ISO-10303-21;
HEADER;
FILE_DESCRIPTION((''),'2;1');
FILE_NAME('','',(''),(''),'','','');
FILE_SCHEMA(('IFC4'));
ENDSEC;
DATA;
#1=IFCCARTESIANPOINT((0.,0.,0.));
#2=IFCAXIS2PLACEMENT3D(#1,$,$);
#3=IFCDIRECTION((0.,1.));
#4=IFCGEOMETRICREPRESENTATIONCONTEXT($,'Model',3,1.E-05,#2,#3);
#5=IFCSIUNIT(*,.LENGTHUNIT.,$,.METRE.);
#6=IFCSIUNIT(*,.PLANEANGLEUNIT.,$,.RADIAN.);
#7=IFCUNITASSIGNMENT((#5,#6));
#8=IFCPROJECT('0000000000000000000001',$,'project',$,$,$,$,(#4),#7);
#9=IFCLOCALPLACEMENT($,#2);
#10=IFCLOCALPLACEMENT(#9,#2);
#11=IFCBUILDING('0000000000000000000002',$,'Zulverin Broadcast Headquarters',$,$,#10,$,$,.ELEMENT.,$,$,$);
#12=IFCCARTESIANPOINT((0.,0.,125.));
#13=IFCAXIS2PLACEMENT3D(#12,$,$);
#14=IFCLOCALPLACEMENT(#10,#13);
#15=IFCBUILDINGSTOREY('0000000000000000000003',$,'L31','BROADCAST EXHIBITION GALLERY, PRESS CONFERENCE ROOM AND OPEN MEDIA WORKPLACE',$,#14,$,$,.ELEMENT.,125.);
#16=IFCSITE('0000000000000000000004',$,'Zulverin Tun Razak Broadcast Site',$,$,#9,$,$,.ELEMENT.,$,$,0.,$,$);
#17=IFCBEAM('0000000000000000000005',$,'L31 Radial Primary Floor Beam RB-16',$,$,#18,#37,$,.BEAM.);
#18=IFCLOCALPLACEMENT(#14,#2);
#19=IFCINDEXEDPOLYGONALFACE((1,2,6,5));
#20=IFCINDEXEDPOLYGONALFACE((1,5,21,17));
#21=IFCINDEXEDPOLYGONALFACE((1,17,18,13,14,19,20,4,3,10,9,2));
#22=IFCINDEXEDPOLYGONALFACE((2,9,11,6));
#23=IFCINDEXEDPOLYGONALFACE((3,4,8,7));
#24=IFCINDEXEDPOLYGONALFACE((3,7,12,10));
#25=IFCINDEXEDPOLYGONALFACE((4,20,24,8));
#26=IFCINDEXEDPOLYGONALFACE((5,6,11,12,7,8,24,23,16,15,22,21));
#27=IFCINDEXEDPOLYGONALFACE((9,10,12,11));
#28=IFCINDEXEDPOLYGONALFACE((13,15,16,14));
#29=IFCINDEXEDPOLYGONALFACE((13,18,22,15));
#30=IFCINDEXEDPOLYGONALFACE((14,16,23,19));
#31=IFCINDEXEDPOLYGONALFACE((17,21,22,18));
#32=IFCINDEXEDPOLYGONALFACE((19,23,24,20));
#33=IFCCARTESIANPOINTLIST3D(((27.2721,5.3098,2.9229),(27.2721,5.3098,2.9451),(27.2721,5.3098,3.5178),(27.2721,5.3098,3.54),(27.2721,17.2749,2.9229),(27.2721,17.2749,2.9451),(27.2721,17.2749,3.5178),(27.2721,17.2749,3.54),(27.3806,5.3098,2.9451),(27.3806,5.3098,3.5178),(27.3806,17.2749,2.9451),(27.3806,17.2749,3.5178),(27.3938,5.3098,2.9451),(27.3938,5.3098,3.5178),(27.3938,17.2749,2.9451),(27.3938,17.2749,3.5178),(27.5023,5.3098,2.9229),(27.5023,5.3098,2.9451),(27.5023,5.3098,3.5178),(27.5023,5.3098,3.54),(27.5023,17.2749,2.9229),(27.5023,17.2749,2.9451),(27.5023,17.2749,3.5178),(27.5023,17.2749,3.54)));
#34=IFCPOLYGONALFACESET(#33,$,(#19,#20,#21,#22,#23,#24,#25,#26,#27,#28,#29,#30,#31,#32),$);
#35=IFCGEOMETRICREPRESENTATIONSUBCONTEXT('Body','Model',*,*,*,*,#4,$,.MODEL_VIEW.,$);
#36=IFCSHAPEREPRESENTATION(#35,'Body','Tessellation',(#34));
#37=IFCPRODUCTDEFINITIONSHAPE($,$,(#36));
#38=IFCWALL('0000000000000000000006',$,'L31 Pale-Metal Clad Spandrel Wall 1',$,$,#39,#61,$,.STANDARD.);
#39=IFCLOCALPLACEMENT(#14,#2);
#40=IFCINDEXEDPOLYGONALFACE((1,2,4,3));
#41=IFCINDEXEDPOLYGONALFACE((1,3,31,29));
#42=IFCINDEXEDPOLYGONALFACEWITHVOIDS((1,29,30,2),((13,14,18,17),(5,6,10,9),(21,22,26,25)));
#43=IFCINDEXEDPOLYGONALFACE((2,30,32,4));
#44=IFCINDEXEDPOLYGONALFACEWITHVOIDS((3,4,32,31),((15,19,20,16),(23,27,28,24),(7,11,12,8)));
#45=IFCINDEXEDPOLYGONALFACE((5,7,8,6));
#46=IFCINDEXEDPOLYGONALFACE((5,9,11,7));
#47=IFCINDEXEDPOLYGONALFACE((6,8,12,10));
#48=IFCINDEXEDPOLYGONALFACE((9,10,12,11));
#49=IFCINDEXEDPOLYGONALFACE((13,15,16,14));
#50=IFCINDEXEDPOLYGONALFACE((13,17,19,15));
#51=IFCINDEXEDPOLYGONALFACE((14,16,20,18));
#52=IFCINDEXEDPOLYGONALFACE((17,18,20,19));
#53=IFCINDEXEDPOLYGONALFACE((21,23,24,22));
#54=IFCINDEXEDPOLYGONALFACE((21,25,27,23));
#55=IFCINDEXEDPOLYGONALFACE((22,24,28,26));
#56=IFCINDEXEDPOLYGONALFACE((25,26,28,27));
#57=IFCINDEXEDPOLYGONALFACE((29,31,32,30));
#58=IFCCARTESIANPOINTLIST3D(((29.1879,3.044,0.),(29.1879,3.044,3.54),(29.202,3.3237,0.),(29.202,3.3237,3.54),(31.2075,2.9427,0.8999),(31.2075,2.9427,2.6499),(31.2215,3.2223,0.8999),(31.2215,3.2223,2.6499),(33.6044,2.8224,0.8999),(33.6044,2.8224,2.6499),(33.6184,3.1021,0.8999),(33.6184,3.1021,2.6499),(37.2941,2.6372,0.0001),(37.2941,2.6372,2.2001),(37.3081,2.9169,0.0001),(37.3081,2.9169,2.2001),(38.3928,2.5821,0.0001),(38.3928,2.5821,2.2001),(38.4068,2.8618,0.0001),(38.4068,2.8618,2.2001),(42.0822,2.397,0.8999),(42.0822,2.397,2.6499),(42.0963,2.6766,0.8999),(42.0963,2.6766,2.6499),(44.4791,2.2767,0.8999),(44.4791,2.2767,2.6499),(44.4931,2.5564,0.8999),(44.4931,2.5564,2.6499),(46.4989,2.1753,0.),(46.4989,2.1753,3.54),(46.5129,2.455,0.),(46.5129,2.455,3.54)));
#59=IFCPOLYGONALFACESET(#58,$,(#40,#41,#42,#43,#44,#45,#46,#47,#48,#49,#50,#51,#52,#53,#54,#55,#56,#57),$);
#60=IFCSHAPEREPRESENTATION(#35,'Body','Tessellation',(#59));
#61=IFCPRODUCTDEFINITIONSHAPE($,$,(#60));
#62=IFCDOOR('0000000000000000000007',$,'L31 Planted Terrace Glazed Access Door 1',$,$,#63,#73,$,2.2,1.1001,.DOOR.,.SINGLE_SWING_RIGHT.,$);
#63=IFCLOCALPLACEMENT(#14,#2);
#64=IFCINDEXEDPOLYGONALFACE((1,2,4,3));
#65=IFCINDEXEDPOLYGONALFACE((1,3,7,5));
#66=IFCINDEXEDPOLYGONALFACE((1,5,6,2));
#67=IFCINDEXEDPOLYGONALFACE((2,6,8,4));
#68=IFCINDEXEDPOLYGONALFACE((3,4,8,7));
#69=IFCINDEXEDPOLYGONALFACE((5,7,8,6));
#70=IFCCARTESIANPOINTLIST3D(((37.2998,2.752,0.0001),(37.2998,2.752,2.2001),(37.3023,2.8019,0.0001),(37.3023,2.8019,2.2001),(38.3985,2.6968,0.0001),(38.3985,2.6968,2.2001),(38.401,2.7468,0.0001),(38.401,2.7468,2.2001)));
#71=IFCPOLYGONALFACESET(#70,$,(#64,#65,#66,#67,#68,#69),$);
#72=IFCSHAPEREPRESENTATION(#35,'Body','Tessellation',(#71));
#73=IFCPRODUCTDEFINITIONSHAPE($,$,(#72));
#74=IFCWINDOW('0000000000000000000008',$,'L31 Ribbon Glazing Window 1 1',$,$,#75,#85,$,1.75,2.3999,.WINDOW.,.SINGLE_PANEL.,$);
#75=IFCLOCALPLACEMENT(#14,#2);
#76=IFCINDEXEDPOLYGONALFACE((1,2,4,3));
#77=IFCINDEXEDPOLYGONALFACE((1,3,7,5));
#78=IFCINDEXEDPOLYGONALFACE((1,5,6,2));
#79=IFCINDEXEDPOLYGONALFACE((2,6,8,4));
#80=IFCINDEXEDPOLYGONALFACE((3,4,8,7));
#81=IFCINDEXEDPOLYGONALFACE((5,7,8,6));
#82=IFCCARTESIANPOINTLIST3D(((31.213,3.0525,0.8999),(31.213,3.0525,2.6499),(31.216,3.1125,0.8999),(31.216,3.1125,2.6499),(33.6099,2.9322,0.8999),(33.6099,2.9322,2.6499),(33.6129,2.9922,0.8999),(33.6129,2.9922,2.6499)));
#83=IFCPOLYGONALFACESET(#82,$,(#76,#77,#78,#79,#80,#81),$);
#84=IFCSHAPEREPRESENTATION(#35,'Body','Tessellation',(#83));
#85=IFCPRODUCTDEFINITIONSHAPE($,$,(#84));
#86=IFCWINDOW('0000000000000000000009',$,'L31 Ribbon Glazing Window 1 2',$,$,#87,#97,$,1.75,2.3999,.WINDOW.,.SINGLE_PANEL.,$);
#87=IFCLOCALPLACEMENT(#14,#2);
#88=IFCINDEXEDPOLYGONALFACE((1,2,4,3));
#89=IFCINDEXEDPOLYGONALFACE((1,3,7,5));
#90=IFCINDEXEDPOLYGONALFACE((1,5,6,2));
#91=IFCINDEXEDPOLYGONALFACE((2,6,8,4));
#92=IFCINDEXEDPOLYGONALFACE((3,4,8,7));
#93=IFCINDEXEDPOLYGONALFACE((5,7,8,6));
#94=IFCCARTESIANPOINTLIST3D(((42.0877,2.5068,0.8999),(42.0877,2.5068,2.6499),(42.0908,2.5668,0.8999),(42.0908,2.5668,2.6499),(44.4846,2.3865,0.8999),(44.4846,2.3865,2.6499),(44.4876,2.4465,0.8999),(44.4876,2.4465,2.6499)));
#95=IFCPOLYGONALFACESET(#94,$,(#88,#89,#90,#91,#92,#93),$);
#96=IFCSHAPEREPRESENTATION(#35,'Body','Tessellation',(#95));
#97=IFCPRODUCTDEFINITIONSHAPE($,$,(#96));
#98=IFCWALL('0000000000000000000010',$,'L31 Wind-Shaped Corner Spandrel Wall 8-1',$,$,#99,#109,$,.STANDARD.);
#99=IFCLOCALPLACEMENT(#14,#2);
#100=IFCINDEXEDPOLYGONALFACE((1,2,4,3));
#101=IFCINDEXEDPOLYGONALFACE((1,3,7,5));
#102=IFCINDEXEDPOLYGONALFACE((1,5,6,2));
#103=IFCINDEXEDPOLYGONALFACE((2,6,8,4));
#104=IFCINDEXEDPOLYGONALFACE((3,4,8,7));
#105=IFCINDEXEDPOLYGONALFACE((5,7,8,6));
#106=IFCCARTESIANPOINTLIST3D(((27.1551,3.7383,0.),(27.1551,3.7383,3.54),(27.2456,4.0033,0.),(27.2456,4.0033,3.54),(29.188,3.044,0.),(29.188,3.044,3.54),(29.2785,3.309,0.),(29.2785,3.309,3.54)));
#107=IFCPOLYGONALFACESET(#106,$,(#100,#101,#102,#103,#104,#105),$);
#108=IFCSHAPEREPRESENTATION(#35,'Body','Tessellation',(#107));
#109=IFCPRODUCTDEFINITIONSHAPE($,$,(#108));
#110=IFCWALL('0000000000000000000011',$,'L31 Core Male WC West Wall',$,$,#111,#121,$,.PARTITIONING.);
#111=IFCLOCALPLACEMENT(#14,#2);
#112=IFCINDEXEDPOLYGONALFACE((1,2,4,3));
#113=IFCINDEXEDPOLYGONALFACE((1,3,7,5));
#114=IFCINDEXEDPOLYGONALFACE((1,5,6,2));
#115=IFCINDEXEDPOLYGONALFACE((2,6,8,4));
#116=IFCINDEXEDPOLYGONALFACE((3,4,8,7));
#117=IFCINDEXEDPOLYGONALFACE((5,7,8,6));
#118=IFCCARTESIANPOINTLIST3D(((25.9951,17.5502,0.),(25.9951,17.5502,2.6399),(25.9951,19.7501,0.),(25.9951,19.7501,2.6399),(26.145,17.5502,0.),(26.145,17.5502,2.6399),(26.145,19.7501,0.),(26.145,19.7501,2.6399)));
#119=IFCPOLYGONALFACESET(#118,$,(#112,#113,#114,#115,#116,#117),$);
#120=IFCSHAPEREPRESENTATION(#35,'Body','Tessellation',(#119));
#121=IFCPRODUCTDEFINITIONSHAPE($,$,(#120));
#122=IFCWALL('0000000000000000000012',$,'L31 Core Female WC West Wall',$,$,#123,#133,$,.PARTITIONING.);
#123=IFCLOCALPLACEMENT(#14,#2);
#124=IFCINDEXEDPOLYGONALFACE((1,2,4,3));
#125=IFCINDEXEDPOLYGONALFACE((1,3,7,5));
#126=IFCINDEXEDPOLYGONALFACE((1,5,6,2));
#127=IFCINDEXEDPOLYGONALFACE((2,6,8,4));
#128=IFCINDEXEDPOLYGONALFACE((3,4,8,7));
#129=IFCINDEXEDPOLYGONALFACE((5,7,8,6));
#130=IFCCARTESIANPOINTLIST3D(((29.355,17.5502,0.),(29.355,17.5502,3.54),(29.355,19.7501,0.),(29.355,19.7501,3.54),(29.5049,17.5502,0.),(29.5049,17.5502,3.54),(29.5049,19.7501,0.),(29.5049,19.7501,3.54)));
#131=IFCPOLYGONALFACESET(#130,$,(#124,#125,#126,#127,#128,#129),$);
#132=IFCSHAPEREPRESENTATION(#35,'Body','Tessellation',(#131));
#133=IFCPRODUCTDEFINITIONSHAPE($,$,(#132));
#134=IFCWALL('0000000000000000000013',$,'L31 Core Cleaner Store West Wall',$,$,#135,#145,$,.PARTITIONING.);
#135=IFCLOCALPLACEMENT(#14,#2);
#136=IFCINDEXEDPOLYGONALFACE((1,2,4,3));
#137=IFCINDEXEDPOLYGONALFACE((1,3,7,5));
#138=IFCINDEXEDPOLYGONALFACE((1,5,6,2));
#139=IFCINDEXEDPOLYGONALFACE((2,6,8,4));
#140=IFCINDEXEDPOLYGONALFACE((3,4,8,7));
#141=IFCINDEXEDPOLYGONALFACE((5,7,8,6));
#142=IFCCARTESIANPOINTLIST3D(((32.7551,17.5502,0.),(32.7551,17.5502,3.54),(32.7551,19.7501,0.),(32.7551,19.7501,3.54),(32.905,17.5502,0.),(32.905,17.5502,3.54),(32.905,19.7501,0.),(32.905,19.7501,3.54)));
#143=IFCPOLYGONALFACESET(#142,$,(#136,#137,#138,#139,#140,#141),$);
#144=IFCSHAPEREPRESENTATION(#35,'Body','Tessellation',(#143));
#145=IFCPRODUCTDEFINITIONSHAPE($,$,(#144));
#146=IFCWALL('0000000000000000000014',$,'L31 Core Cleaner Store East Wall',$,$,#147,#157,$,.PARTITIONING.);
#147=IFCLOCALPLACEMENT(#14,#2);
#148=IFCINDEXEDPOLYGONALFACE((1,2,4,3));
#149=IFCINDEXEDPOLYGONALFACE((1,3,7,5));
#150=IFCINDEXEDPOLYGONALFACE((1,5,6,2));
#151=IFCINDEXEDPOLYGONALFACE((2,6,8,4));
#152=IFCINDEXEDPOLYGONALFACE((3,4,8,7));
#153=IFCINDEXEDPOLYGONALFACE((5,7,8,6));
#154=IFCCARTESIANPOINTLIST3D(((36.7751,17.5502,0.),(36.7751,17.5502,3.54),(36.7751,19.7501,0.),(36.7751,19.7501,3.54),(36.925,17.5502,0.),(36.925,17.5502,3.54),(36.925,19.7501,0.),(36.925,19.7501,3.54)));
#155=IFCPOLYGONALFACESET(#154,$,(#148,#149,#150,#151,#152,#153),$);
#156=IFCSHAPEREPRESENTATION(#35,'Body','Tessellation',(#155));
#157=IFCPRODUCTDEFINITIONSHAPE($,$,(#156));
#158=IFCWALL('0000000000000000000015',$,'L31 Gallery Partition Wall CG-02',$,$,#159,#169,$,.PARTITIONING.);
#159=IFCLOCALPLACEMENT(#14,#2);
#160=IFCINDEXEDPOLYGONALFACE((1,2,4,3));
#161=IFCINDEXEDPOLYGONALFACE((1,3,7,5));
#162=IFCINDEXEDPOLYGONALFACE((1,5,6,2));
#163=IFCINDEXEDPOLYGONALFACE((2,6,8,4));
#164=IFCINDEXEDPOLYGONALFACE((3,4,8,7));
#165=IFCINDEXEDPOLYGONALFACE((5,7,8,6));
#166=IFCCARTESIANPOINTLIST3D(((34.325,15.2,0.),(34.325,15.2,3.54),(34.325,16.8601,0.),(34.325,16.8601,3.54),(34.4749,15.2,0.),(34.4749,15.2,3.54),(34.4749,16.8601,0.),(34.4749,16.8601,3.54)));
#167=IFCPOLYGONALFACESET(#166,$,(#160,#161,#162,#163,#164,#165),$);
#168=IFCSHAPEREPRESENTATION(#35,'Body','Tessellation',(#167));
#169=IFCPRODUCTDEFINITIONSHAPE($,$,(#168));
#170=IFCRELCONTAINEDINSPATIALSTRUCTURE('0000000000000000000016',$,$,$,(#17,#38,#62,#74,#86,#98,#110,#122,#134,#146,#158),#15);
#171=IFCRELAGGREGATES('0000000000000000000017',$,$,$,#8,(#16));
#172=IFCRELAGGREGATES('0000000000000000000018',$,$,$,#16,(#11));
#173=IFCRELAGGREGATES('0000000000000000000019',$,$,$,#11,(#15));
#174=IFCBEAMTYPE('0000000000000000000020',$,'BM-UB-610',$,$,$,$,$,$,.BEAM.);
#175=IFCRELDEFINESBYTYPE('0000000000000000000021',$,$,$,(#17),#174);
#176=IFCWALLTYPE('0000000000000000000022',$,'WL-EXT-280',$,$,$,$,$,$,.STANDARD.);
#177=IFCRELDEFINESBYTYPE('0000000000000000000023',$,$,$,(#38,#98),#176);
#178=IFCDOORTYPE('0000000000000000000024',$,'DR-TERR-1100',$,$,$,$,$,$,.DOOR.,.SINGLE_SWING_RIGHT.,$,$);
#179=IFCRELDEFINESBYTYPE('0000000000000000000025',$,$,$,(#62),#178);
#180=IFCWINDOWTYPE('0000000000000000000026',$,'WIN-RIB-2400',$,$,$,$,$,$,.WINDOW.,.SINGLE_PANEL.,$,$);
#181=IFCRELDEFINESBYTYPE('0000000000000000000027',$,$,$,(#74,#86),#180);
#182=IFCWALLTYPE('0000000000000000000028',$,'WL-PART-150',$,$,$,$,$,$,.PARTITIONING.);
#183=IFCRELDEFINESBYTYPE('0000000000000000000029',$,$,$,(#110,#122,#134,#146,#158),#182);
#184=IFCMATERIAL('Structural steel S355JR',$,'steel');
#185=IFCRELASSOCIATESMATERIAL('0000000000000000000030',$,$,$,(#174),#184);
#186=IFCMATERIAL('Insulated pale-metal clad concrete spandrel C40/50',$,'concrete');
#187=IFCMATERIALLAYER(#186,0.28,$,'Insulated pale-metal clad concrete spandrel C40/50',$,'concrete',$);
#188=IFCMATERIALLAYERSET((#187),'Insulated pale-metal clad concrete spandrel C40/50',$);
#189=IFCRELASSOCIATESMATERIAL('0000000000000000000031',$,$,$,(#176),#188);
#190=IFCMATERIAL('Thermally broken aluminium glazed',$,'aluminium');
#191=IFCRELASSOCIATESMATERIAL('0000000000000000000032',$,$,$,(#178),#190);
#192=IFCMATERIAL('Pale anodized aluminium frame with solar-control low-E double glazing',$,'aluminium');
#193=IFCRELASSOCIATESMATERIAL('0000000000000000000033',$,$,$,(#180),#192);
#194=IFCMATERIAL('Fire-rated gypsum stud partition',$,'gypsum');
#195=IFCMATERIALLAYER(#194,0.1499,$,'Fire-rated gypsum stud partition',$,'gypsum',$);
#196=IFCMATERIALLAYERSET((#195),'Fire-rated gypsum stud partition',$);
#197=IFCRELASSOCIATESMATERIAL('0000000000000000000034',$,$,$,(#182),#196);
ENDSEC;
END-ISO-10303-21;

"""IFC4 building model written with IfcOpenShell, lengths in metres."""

from ifc_helpers import new_model, si_unit, direction, frame, frame_2d, origin, origin_2d, place, context, subcontext, project, spatial, rectangle, i_section, extrude, material, layer, layer_set, material_profile, profile_set, type_object, element, fill, save


model = new_model("IFC4")

# Units and contexts
model_context = context("Model", 3, precision=1e-05, world=origin(), true_north=direction((0.0, 1.0)))
body_context = subcontext(model_context, "Body", "Model", "MODEL_VIEW")
ifc_project = project(units=[si_unit("LENGTHUNIT", "METRE"), si_unit("PLANEANGLEUNIT", "RADIAN")], contexts=[model_context])

# Site, building, storey
site_placement = place(None, origin())
site = spatial("IfcSite", under=ifc_project, at=site_placement, Name="Zulverin Tun Razak Broadcast Site", CompositionType="ELEMENT", RefElevation=0.0)
building_placement = place(site_placement, origin())
building = spatial("IfcBuilding", under=site, at=building_placement, Name="Zulverin Broadcast Headquarters", CompositionType="ELEMENT")
storey_placement = place(building_placement, frame((0.0, 0.0, 125.0)))
storey = spatial("IfcBuildingStorey", under=building, at=storey_placement, Name="L31", Description="BROADCAST EXHIBITION GALLERY, PRESS CONFERENCE ROOM AND OPEN MEDIA WORKPLACE", CompositionType="ELEMENT", Elevation=125.0)

# Beam
ifc_material_1 = material(Name="Structural steel S355JR", Category="steel")
ifc_material_profile_1 = material_profile(ifc_material_1, i_section(OverallWidth=0.2302, OverallDepth=0.6172, WebThickness=0.0132, FlangeThickness=0.0222, at=origin_2d()), Name="Structural steel S355JR", Category="steel")
ifc_profile_set_1 = profile_set([ifc_material_profile_1], Name="Structural steel S355JR")
beam_type_1 = type_object("IfcBeamType", Name="BM-UB-610", PredefinedType="BEAM", material=ifc_profile_set_1)
beam_1_placement = place(storey_placement, frame((27.3872, 17.2749, 3.2314), z_axis=(0.0, -1.0, 0.0), x_axis=(1.0, 0.0, 0.0)))
element("IfcBeam", 1, at=beam_1_placement, inside=storey, type_object=beam_type_1, Name="L31 Radial Primary Floor Beam RB-16", PredefinedType="BEAM", context=body_context, shape_type="SweptSolid", body=[
    extrude(i_section(OverallWidth=0.2302, OverallDepth=0.6172, WebThickness=0.0132, FlangeThickness=0.0222, at=origin_2d()), origin(), (0.0, 0.0, 1.0), 11.9651),
])

# Wall, openings, door, windows
ifc_material_2 = material(Name="Insulated pale-metal clad concrete spandrel C40/50", Category="concrete")
ifc_layer_1 = layer(ifc_material_2, 0.28, Name="Insulated pale-metal clad concrete spandrel C40/50", Category="concrete")
ifc_layer_set_1 = layer_set([ifc_layer_1], Name="Insulated pale-metal clad concrete spandrel C40/50")
wall_type_1 = type_object("IfcWallType", Name="WL-EXT-280", PredefinedType="STANDARD", material=ifc_layer_set_1)
wall_1_placement = place(storey_placement, frame((29.1948, 3.1838, 0.0), z_axis=(0.0, 0.0, 1.0), x_axis=(0.998743, -0.050116, 0.0)))
wall_1 = element("IfcWall", 2, at=wall_1_placement, inside=storey, type_object=wall_type_1, Name="L31 Pale-Metal Clad Spandrel Wall 1", PredefinedType="STANDARD", context=body_context, shape_type="SweptSolid", body=[
    extrude(rectangle(XDim=17.3328, YDim=0.28, at=frame_2d((8.6665, 0.0))), origin(), (0.0, 0.0, 1.0), 3.54),
])
opening_1_placement = place(wall_1_placement, frame((8.1165, 0.0, 0.0)))
opening_1 = element("IfcOpeningElement", 3, at=opening_1_placement, cuts=wall_1, PredefinedType="OPENING", context=body_context, shape_type="SweptSolid", body=[
    extrude(rectangle(XDim=1.1001, YDim=2.2, at=frame_2d((0.55, 1.1001))), frame((0.0, 0.1499, 0.0), z_axis=(0.0, -1.0, 0.0), x_axis=(1.0, 0.0, 0.0)), (0.0, 0.0, 1.0), 0.3),
])
opening_2_placement = place(wall_1_placement, frame((2.0222, 0.0, 0.8999)))
opening_2 = element("IfcOpeningElement", 4, at=opening_2_placement, cuts=wall_1, PredefinedType="OPENING", context=body_context, shape_type="SweptSolid", body=[
    extrude(rectangle(XDim=2.3999, YDim=1.75, at=frame_2d((1.2, 0.875))), frame((0.0, 0.1499, 0.0), z_axis=(0.0, -1.0, 0.0), x_axis=(1.0, 0.0, 0.0)), (0.0, 0.0, 1.0), 0.3),
])
opening_3_placement = place(wall_1_placement, frame((12.9106, 0.0, 0.8999)))
opening_3 = element("IfcOpeningElement", 5, at=opening_3_placement, cuts=wall_1, PredefinedType="OPENING", context=body_context, shape_type="SweptSolid", body=[
    extrude(rectangle(XDim=2.3999, YDim=1.75, at=frame_2d((1.2, 0.875))), frame((0.0, 0.1499, 0.0), z_axis=(0.0, -1.0, 0.0), x_axis=(1.0, 0.0, 0.0)), (0.0, 0.0, 1.0), 0.3),
])
ifc_material_3 = material(Name="Thermally broken aluminium glazed", Category="aluminium")
door_type = type_object("IfcDoorType", Name="DR-TERR-1100", OperationType="SINGLE_SWING_RIGHT", PredefinedType="DOOR", material=ifc_material_3)
door_placement = place(opening_1_placement, origin())
door = element("IfcDoor", 6, at=door_placement, inside=storey, type_object=door_type, Name="L31 Planted Terrace Glazed Access Door 1", OperationType="SINGLE_SWING_RIGHT", OverallHeight=2.2, OverallWidth=1.1001, PredefinedType="DOOR", context=body_context, shape_type="SweptSolid", body=[
    extrude(rectangle(XDim=1.1001, YDim=2.2, at=frame_2d((0.55, 1.1001))), frame((0.0, 0.0249, 0.0), z_axis=(0.0, -1.0, 0.0), x_axis=(1.0, 0.0, 0.0)), (0.0, 0.0, 1.0), 0.05),
])
fill(opening_1, door)
ifc_material_4 = material(Name="Pale anodized aluminium frame with solar-control low-E double glazing", Category="aluminium")
window_type = type_object("IfcWindowType", Name="WIN-RIB-2400", PartitioningType="SINGLE_PANEL", PredefinedType="WINDOW", material=ifc_material_4)
window_1_placement = place(opening_2_placement, origin())
window_1 = element("IfcWindow", 7, at=window_1_placement, inside=storey, type_object=window_type, Name="L31 Ribbon Glazing Window 1 1", OverallHeight=1.75, OverallWidth=2.3999, PartitioningType="SINGLE_PANEL", PredefinedType="WINDOW", context=body_context, shape_type="SweptSolid", body=[
    extrude(rectangle(XDim=2.3999, YDim=1.75, at=frame_2d((1.2, 0.875))), frame((0.0, 0.03, 0.0), z_axis=(0.0, -1.0, 0.0), x_axis=(1.0, 0.0, 0.0)), (0.0, 0.0, 1.0), 0.0601),
])
fill(opening_2, window_1)
window_2_placement = place(opening_3_placement, origin())
window_2 = element("IfcWindow", 8, at=window_2_placement, inside=storey, type_object=window_type, Name="L31 Ribbon Glazing Window 1 2", OverallHeight=1.75, OverallWidth=2.3999, PartitioningType="SINGLE_PANEL", PredefinedType="WINDOW", context=body_context, shape_type="SweptSolid", body=[
    extrude(rectangle(XDim=2.3999, YDim=1.75, at=frame_2d((1.2, 0.875))), frame((0.0, 0.03, 0.0), z_axis=(0.0, -1.0, 0.0), x_axis=(1.0, 0.0, 0.0)), (0.0, 0.0, 1.0), 0.0601),
])
fill(opening_3, window_2)

# Walls
wall_2_placement = place(storey_placement, frame((27.2002, 3.8708, 0.0), z_axis=(0.0, 0.0, 1.0), x_axis=(0.946328, -0.323208, 0.0)))
element("IfcWall", 9, at=wall_2_placement, inside=storey, type_object=wall_type_1, Name="L31 Wind-Shaped Corner Spandrel Wall 8-1", PredefinedType="STANDARD", context=body_context, shape_type="SweptSolid", body=[
    extrude(rectangle(XDim=2.1482, YDim=0.28, at=frame_2d((1.0742, 0.0))), origin(), (0.0, 0.0, 1.0), 3.54),
])
ifc_material_5 = material(Name="Fire-rated gypsum stud partition", Category="gypsum")
ifc_layer_2 = layer(ifc_material_5, 0.1499, Name="Fire-rated gypsum stud partition", Category="gypsum")
ifc_layer_set_2 = layer_set([ifc_layer_2], Name="Fire-rated gypsum stud partition")
wall_type_2 = type_object("IfcWallType", Name="WL-PART-150", PredefinedType="PARTITIONING", material=ifc_layer_set_2)
wall_3_placement = place(storey_placement, frame((26.0701, 17.55, 0.0), z_axis=(0.0, 0.0, 1.0), x_axis=(0.0, 1.0, 0.0)))
element("IfcWall", 10, at=wall_3_placement, inside=storey, type_object=wall_type_2, Name="L31 Core Male WC West Wall", PredefinedType="PARTITIONING", context=body_context, shape_type="SweptSolid", body=[
    extrude(rectangle(XDim=2.2, YDim=0.1499, at=frame_2d((1.1001, 0.0))), origin(), (0.0, 0.0, 1.0), 2.6399),
])
for number, where, z_axis, x_axis, name in (
    (11, (29.4299, 17.55, 0.0), (0.0, 0.0, 1.0), (0.0, 1.0, 0.0), "L31 Core Female WC West Wall"),
    (12, (32.8301, 17.55, 0.0), (0.0, 0.0, 1.0), (0.0, 1.0, 0.0), "L31 Core Cleaner Store West Wall"),
    (13, (36.8501, 17.55, 0.0), (0.0, 0.0, 1.0), (0.0, 1.0, 0.0), "L31 Core Cleaner Store East Wall"),
):
    element("IfcWall", number, at=place(storey_placement, frame(where, z_axis=z_axis, x_axis=x_axis)), inside=storey, type_object=wall_type_2, Name=name, PredefinedType="PARTITIONING", context=body_context, shape_type="SweptSolid", body=[
        extrude(rectangle(XDim=2.2, YDim=0.1499, at=frame_2d((1.1001, 0.0))), origin(), (0.0, 0.0, 1.0), 3.54),
    ])
wall_4_placement = place(storey_placement, frame((34.3999, 15.2, 0.0), z_axis=(0.0, 0.0, 1.0), x_axis=(0.0, 1.0, 0.0)))
element("IfcWall", 14, at=wall_4_placement, inside=storey, type_object=wall_type_2, Name="L31 Gallery Partition Wall CG-02", PredefinedType="PARTITIONING", context=body_context, shape_type="SweptSolid", body=[
    extrude(rectangle(XDim=1.6602, YDim=0.1499, at=frame_2d((0.8301, 0.0))), origin(), (0.0, 0.0, 1.0), 3.54),
])

save(model, "model.ifc")
